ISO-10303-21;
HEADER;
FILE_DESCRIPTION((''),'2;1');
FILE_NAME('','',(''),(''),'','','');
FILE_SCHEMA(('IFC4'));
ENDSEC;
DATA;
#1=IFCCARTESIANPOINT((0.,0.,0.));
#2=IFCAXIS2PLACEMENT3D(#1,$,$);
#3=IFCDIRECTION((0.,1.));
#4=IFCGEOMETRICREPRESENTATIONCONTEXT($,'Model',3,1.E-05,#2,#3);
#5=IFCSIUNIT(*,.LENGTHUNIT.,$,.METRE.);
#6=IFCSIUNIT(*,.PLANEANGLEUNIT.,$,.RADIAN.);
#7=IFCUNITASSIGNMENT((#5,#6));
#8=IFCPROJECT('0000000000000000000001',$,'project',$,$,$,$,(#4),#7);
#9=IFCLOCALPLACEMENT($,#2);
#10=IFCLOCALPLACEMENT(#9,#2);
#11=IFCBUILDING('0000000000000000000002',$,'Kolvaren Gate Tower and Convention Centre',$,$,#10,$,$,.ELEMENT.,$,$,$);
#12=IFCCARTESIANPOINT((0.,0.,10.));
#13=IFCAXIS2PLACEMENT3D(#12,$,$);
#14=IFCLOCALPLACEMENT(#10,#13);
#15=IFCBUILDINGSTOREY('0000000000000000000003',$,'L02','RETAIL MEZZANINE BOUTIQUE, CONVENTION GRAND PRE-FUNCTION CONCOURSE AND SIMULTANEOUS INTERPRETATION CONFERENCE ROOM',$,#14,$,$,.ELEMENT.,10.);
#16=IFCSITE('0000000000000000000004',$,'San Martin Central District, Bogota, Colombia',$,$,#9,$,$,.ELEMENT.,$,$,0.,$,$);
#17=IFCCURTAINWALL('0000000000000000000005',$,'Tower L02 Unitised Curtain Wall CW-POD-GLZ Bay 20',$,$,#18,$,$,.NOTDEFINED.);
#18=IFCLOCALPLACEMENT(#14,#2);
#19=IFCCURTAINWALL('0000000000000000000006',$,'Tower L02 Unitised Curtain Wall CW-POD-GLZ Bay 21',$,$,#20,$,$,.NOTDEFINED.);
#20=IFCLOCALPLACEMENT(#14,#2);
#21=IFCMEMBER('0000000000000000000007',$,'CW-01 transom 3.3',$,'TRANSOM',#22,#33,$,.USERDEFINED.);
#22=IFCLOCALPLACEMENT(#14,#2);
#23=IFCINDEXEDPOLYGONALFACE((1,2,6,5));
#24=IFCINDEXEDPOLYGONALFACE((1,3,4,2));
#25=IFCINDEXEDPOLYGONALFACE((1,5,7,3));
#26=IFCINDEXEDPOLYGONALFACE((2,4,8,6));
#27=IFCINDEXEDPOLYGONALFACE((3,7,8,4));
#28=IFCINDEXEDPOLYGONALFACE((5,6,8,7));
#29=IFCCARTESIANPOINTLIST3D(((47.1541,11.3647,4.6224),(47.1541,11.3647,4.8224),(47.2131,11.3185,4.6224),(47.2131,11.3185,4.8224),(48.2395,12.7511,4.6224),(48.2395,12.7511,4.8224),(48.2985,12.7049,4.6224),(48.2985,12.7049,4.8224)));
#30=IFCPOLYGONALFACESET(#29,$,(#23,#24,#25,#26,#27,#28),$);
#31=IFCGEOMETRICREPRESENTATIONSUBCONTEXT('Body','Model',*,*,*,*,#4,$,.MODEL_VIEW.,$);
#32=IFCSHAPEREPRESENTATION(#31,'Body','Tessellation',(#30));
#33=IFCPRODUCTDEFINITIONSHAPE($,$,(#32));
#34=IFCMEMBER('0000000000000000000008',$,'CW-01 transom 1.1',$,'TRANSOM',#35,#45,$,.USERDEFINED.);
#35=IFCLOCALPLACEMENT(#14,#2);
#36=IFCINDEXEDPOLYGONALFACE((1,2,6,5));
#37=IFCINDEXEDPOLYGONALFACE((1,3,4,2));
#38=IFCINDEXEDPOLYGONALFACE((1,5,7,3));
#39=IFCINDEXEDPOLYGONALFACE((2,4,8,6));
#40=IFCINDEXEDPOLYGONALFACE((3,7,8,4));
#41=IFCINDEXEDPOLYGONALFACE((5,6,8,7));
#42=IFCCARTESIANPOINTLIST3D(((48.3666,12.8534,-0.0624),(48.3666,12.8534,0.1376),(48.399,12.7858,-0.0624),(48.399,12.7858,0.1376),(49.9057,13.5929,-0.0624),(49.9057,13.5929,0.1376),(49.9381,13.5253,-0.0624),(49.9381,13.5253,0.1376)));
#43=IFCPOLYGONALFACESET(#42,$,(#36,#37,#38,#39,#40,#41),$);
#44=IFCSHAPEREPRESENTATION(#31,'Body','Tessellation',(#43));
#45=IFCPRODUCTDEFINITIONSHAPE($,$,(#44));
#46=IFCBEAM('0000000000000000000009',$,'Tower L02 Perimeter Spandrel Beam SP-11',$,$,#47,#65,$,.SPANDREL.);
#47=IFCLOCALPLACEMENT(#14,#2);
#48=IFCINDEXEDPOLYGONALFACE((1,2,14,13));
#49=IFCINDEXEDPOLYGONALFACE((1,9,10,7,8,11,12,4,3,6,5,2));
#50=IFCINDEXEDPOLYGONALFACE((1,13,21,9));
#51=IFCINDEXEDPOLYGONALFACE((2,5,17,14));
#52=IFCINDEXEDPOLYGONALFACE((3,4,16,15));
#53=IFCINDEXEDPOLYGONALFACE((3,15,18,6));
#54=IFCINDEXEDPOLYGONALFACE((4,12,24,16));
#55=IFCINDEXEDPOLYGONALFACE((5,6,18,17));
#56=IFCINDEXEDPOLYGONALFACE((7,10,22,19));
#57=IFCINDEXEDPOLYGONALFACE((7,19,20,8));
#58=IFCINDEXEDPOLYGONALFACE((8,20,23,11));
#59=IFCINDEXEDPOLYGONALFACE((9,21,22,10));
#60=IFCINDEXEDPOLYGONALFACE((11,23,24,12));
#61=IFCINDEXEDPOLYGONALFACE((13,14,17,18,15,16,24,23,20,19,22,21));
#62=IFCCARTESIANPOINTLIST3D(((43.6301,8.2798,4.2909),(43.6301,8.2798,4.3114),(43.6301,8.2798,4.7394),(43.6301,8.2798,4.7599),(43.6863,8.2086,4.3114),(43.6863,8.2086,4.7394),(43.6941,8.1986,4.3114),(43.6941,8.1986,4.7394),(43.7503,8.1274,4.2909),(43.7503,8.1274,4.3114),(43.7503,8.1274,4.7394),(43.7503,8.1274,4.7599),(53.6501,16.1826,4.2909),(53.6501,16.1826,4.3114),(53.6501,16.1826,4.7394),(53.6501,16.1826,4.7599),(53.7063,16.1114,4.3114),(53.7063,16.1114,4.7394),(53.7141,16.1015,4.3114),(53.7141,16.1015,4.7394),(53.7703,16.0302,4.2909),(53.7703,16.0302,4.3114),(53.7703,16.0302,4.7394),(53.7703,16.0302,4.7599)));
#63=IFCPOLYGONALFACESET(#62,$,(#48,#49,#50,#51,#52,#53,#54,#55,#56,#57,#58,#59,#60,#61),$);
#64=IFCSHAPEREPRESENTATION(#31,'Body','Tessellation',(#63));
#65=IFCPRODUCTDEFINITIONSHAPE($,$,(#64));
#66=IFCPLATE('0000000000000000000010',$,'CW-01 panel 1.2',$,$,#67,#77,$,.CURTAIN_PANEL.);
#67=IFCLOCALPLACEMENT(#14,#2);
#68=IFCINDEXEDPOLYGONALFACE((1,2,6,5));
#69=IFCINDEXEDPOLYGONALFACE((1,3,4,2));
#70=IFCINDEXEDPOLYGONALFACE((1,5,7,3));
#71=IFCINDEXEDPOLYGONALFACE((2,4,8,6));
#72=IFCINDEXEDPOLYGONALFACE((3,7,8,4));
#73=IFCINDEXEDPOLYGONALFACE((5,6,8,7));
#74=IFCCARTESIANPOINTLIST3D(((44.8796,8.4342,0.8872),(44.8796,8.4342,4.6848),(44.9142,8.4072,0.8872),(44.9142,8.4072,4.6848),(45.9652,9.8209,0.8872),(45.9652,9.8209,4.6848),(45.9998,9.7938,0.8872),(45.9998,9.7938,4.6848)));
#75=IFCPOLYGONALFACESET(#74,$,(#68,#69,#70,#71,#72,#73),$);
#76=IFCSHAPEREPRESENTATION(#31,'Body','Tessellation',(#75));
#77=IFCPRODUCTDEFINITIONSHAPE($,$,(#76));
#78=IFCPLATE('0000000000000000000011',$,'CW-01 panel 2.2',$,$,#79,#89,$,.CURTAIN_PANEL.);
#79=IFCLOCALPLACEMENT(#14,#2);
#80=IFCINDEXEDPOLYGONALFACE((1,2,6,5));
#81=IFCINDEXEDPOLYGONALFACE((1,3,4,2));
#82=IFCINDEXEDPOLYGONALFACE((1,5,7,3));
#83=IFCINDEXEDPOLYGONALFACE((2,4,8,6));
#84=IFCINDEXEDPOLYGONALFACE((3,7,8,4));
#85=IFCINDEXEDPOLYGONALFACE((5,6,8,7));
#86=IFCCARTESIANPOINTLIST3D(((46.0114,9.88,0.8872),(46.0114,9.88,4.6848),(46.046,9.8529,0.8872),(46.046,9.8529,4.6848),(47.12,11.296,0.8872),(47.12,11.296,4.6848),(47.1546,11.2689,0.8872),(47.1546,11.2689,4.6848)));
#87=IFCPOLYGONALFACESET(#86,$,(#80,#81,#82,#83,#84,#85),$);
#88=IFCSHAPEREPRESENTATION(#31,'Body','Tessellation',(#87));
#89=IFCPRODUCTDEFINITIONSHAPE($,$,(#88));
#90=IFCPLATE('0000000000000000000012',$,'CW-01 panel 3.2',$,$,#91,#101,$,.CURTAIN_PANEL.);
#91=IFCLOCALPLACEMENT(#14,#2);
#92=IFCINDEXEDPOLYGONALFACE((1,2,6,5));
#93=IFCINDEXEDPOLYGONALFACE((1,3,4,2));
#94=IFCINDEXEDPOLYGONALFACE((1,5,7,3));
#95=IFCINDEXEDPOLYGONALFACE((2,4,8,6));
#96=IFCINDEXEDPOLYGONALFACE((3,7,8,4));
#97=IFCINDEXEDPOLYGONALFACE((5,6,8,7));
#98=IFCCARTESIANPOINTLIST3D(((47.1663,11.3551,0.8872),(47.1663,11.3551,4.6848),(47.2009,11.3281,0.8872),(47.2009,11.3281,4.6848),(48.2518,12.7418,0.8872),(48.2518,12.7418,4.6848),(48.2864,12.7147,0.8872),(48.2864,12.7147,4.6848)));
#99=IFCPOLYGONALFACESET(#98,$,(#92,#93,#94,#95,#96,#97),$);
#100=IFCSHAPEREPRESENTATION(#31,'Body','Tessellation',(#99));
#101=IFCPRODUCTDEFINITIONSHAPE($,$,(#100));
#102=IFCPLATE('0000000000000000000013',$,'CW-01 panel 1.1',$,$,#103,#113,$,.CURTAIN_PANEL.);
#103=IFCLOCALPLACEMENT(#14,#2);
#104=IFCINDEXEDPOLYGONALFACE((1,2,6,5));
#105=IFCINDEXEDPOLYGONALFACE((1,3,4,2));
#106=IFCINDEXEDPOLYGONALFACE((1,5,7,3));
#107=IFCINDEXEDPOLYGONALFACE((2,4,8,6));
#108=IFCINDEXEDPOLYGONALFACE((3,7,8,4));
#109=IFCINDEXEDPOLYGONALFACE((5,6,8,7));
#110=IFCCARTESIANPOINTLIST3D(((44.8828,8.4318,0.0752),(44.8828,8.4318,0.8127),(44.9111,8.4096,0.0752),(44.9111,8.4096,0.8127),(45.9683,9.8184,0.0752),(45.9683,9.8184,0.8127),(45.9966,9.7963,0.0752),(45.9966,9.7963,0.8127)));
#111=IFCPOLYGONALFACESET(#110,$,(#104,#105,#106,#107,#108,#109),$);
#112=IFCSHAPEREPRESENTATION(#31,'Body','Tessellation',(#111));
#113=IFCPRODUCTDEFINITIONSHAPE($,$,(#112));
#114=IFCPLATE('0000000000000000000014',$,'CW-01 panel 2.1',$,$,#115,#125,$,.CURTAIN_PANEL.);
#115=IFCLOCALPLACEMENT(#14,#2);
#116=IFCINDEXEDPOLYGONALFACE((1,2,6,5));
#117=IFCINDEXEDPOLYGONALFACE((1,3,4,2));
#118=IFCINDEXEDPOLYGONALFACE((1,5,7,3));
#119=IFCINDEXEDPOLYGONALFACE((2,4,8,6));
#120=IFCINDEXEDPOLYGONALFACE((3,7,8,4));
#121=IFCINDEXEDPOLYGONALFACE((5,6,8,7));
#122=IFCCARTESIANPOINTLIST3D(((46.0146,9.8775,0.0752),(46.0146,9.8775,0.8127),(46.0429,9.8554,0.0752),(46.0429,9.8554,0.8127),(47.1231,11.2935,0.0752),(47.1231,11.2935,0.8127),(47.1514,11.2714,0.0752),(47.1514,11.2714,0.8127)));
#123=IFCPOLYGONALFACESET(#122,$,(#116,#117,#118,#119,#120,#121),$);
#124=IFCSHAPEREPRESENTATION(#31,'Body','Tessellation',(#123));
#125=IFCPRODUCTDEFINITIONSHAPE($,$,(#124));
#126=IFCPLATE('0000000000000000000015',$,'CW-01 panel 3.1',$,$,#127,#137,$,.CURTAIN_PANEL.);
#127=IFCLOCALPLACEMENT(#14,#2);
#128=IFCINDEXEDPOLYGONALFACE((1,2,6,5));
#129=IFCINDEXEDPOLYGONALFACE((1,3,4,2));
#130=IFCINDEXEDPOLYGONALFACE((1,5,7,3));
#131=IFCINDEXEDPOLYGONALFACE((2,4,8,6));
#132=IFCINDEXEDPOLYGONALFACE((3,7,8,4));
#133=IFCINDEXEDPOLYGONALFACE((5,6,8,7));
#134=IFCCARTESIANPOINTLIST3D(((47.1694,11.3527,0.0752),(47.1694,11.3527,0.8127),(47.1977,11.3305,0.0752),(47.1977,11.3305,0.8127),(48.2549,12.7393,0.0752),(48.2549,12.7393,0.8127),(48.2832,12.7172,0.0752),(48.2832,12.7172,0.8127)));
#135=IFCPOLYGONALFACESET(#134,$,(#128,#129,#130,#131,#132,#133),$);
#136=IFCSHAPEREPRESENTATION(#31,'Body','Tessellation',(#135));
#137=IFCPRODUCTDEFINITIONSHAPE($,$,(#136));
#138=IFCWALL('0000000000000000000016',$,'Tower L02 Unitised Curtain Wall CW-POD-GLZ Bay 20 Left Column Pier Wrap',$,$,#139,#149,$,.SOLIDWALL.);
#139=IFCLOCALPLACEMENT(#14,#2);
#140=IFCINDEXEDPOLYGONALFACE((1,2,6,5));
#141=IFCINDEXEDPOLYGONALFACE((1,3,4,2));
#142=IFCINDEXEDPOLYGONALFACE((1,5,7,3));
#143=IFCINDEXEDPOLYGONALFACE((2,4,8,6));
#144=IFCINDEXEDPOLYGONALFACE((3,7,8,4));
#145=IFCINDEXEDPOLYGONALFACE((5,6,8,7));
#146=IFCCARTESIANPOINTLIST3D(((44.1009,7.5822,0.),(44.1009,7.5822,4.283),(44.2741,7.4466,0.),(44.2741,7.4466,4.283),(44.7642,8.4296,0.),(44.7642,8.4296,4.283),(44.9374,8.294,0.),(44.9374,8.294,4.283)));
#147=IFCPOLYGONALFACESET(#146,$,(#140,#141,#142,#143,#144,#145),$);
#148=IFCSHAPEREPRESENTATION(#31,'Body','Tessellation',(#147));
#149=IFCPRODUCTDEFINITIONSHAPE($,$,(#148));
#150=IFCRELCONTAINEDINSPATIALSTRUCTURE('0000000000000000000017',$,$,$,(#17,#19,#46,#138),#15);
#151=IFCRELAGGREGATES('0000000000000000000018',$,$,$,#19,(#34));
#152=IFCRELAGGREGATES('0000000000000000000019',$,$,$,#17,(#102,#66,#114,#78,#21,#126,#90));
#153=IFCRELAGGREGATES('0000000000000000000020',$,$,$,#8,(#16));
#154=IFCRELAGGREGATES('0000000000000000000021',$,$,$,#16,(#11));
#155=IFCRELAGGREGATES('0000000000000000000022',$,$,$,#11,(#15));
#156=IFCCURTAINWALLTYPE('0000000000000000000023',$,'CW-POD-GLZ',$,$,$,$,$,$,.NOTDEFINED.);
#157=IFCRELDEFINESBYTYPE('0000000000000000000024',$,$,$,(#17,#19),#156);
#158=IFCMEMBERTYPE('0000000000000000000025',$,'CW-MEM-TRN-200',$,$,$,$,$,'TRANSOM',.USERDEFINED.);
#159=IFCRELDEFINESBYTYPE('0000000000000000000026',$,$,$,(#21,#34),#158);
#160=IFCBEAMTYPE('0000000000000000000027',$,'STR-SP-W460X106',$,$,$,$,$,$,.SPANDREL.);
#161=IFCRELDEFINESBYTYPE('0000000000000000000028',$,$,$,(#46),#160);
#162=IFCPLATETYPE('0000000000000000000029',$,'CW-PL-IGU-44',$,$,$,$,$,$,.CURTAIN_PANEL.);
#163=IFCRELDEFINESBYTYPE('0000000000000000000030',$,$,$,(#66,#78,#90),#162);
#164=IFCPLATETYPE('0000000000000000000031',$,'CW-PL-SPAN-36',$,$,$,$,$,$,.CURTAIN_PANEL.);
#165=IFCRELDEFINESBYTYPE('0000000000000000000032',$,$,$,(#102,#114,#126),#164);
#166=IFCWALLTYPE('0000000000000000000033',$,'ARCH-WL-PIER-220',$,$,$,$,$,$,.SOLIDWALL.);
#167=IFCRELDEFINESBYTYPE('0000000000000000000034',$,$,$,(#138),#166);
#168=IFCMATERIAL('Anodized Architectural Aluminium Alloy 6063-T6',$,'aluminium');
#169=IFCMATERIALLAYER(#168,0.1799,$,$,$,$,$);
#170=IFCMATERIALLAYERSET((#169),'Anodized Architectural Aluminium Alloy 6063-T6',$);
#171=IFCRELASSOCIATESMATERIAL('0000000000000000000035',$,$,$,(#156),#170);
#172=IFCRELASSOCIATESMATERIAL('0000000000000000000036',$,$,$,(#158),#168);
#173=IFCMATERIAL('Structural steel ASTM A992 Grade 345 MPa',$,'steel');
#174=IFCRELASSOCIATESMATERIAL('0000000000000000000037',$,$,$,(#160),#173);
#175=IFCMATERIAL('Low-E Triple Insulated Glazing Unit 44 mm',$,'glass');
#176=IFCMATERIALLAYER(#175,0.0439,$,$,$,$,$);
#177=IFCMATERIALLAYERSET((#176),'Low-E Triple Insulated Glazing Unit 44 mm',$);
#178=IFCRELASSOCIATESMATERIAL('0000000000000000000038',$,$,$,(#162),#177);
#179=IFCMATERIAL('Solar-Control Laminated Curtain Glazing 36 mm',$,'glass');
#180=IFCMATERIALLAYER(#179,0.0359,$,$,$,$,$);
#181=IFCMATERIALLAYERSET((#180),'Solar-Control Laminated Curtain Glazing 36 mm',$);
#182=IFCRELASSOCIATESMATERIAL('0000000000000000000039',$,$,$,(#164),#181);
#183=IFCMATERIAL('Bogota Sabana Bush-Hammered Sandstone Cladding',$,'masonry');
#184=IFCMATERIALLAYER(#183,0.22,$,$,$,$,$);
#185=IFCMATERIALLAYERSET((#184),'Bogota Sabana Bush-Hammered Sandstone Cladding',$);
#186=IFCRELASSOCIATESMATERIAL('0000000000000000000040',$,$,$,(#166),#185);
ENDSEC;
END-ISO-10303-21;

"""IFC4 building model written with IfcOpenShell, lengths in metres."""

from ifc_helpers import new_model, si_unit, direction, frame, frame_2d, origin, origin_2d, place, context, subcontext, project, spatial, rectangle, i_section, extrude, material, layer, layer_set, material_profile, profile_set, type_object, element, aggregate, save


model = new_model("IFC4")

# Units and contexts
model_context = context("Model", 3, precision=1e-05, world=origin(), true_north=direction((0.0, 1.0)))
body_context = subcontext(model_context, "Body", "Model", "MODEL_VIEW")
ifc_project = project(units=[si_unit("LENGTHUNIT", "METRE"), si_unit("PLANEANGLEUNIT", "RADIAN")], contexts=[model_context])

# Site, building, storey
site_placement = place(None, origin())
site = spatial("IfcSite", under=ifc_project, at=site_placement, Name="San Martin Central District, Bogota, Colombia", CompositionType="ELEMENT", RefElevation=0.0)
building_placement = place(site_placement, origin())
building = spatial("IfcBuilding", under=site, at=building_placement, Name="Kolvaren Gate Tower and Convention Centre", CompositionType="ELEMENT")
storey_placement = place(building_placement, frame((0.0, 0.0, 10.0)))
storey = spatial("IfcBuildingStorey", under=building, at=storey_placement, Name="L02", Description="RETAIL MEZZANINE BOUTIQUE, CONVENTION GRAND PRE-FUNCTION CONCOURSE AND SIMULTANEOUS INTERPRETATION CONFERENCE ROOM", CompositionType="ELEMENT", Elevation=10.0)

# Curtain wall
ifc_material_1 = material(Name="Anodized Architectural Aluminium Alloy 6063-T6", Category="aluminium")
ifc_layer_1 = layer(ifc_material_1, 0.1799)
ifc_layer_set_1 = layer_set([ifc_layer_1], Name="Anodized Architectural Aluminium Alloy 6063-T6")
curtain_wall_type = type_object("IfcCurtainWallType", Name="CW-POD-GLZ", PredefinedType="NOTDEFINED", material=ifc_layer_set_1)
curtain_wall_1_placement = place(storey_placement, origin())
curtain_wall_1 = element("IfcCurtainWall", 1, at=curtain_wall_1_placement, inside=storey, type_object=curtain_wall_type, Name="Tower L02 Unitised Curtain Wall CW-POD-GLZ Bay 20", PredefinedType="NOTDEFINED")

# Curtain wall
curtain_wall_2_placement = place(storey_placement, origin())
curtain_wall_2 = element("IfcCurtainWall", 2, at=curtain_wall_2_placement, inside=storey, type_object=curtain_wall_type, Name="Tower L02 Unitised Curtain Wall CW-POD-GLZ Bay 21", PredefinedType="NOTDEFINED")

# Members
ifc_material_profile_1 = material_profile(ifc_material_1, rectangle(XDim=0.075, YDim=0.2, at=origin_2d()), Name="CW-MEM-TRN-200")
ifc_profile_set_1 = profile_set([ifc_material_profile_1], Name="Anodized Architectural Aluminium Alloy 6063-T6")
member_type_1 = type_object("IfcMemberType", Name="CW-MEM-TRN-200", ElementType="TRANSOM", PredefinedType="USERDEFINED", material=ifc_profile_set_1)
member_1_placement = place(storey_placement, frame((47.1836, 11.3416, 4.7224), z_axis=(0.616443, 0.7874, 0.0), x_axis=(-0.7874, 0.616443, 0.0)))
member_1 = element("IfcMember", 3, at=member_1_placement, type_object=member_type_1, Name="CW-01 transom 3.3", ObjectType="TRANSOM", PredefinedType="USERDEFINED", context=body_context, shape_type="SweptSolid", body=[
    extrude(rectangle(XDim=0.075, YDim=0.2, at=origin_2d()), origin(), (0.0, 0.0, 1.0), 1.7607),
])
member_2_placement = place(storey_placement, frame((48.3828, 12.8196, 0.0376), z_axis=(0.901351, 0.433089, 0.0), x_axis=(-0.433089, 0.901351, 0.0)))
member_2 = element("IfcMember", 4, at=member_2_placement, type_object=member_type_1, Name="CW-01 transom 1.1", ObjectType="TRANSOM", PredefinedType="USERDEFINED", context=body_context, shape_type="SweptSolid", body=[
    extrude(rectangle(XDim=0.075, YDim=0.2, at=origin_2d()), origin(), (0.0, 0.0, 1.0), 1.7075),
])
aggregate(curtain_wall_2, [member_2])

# Beam
ifc_material_2 = material(Name="Structural steel ASTM A992 Grade 345 MPa", Category="steel")
ifc_material_profile_2 = material_profile(ifc_material_2, i_section(OverallWidth=0.1941, OverallDepth=0.469, WebThickness=0.0127, FlangeThickness=0.0205, at=origin_2d()), Name="W460X106")
ifc_profile_set_2 = profile_set([ifc_material_profile_2], Name="Structural steel ASTM A992 Grade 345 MPa")
beam_type = type_object("IfcBeamType", Name="STR-SP-W460X106", PredefinedType="SPANDREL", material=ifc_profile_set_2)
beam_placement = place(storey_placement, frame((43.6902, 8.2036, 4.5254), z_axis=(0.785176, 0.619272, 0.0), x_axis=(-0.619272, 0.785176, 0.0)))
element("IfcBeam", 5, at=beam_placement, inside=storey, type_object=beam_type, Name="Tower L02 Perimeter Spandrel Beam SP-11", PredefinedType="SPANDREL", context=body_context, shape_type="SweptSolid", body=[
    extrude(i_section(OverallWidth=0.1941, OverallDepth=0.469, WebThickness=0.0127, FlangeThickness=0.0205, at=origin_2d()), origin(), (0.0, 0.0, 1.0), 12.7615),
])

# Plates
ifc_material_3 = material(Name="Low-E Triple Insulated Glazing Unit 44 mm", Category="glass")
ifc_layer_2 = layer(ifc_material_3, 0.0439)
ifc_layer_set_2 = layer_set([ifc_layer_2], Name="Low-E Triple Insulated Glazing Unit 44 mm")
plate_type_1 = type_object("IfcPlateType", Name="CW-PL-IGU-44", PredefinedType="CURTAIN_PANEL", material=ifc_layer_set_2)
plate_1_placement = place(storey_placement, frame((45.4397, 9.114, 0.8872), z_axis=(0.0, 0.0, 1.0), x_axis=(0.616426, 0.787413, 0.0)))
plate_1 = element("IfcPlate", 6, at=plate_1_placement, type_object=plate_type_1, Name="CW-01 panel 1.2", PredefinedType="CURTAIN_PANEL", context=body_context, shape_type="SweptSolid", body=[
    extrude(rectangle(XDim=1.761, YDim=0.0439, at=origin_2d()), origin(), (0.0, 0.0, 1.0), 3.7976),
])
plate_2_placement = place(storey_placement, frame((46.583, 10.5745, 0.8872), z_axis=(0.0, 0.0, 1.0), x_axis=(0.616426, 0.787413, 0.0)))
plate_2 = element("IfcPlate", 7, at=plate_2_placement, type_object=plate_type_1, Name="CW-01 panel 2.2", PredefinedType="CURTAIN_PANEL", context=body_context, shape_type="SweptSolid", body=[
    extrude(rectangle(XDim=1.7983, YDim=0.0439, at=origin_2d()), origin(), (0.0, 0.0, 1.0), 3.7976),
])
plate_3_placement = place(storey_placement, frame((47.7263, 12.0349, 0.8872), z_axis=(0.0, 0.0, 1.0), x_axis=(0.616426, 0.787413, 0.0)))
plate_3 = element("IfcPlate", 8, at=plate_3_placement, type_object=plate_type_1, Name="CW-01 panel 3.2", PredefinedType="CURTAIN_PANEL", context=body_context, shape_type="SweptSolid", body=[
    extrude(rectangle(XDim=1.761, YDim=0.0439, at=origin_2d()), origin(), (0.0, 0.0, 1.0), 3.7976),
])
ifc_material_4 = material(Name="Solar-Control Laminated Curtain Glazing 36 mm", Category="glass")
ifc_layer_3 = layer(ifc_material_4, 0.0359)
ifc_layer_set_3 = layer_set([ifc_layer_3], Name="Solar-Control Laminated Curtain Glazing 36 mm")
plate_type_2 = type_object("IfcPlateType", Name="CW-PL-SPAN-36", PredefinedType="CURTAIN_PANEL", material=ifc_layer_set_3)
plate_4_placement = place(storey_placement, frame((45.4397, 9.114, 0.0752), z_axis=(0.0, 0.0, 1.0), x_axis=(0.616426, 0.787413, 0.0)))
plate_4 = element("IfcPlate", 9, at=plate_4_placement, type_object=plate_type_2, Name="CW-01 panel 1.1", PredefinedType="CURTAIN_PANEL", context=body_context, shape_type="SweptSolid", body=[
    extrude(rectangle(XDim=1.761, YDim=0.0359, at=origin_2d()), origin(), (0.0, 0.0, 1.0), 0.7375),
])
plate_5_placement = place(storey_placement, frame((46.583, 10.5745, 0.0752), z_axis=(0.0, 0.0, 1.0), x_axis=(0.616426, 0.787413, 0.0)))
plate_5 = element("IfcPlate", 10, at=plate_5_placement, type_object=plate_type_2, Name="CW-01 panel 2.1", PredefinedType="CURTAIN_PANEL", context=body_context, shape_type="SweptSolid", body=[
    extrude(rectangle(XDim=1.7983, YDim=0.0359, at=origin_2d()), origin(), (0.0, 0.0, 1.0), 0.7375),
])
plate_6_placement = place(storey_placement, frame((47.7263, 12.0349, 0.0752), z_axis=(0.0, 0.0, 1.0), x_axis=(0.616426, 0.787413, 0.0)))
plate_6 = element("IfcPlate", 11, at=plate_6_placement, type_object=plate_type_2, Name="CW-01 panel 3.1", PredefinedType="CURTAIN_PANEL", context=body_context, shape_type="SweptSolid", body=[
    extrude(rectangle(XDim=1.761, YDim=0.0359, at=origin_2d()), origin(), (0.0, 0.0, 1.0), 0.7375),
])
aggregate(curtain_wall_1, [plate_4, plate_1, plate_5, plate_2, member_1, plate_6, plate_3])

# Wall
ifc_material_5 = material(Name="Bogota Sabana Bush-Hammered Sandstone Cladding", Category="masonry")
ifc_layer_4 = layer(ifc_material_5, 0.22)
ifc_layer_set_4 = layer_set([ifc_layer_4], Name="Bogota Sabana Bush-Hammered Sandstone Cladding")
wall_type = type_object("IfcWallType", Name="ARCH-WL-PIER-220", PredefinedType="SOLIDWALL", material=ifc_layer_set_4)
wall_placement = place(storey_placement, frame((44.1875, 7.5144, 0.0), z_axis=(0.0, 0.0, 1.0), x_axis=(0.616388, 0.787443, 0.0)))
element("IfcWall", 12, at=wall_placement, inside=storey, type_object=wall_type, Name="Tower L02 Unitised Curtain Wall CW-POD-GLZ Bay 20 Left Column Pier Wrap", PredefinedType="SOLIDWALL", context=body_context, shape_type="SweptSolid", body=[
    extrude(rectangle(XDim=1.0762, YDim=0.22, at=frame_2d((0.5381, 0.0))), origin(), (0.0, 0.0, 1.0), 4.283),
])

save(model, "model.ifc")
